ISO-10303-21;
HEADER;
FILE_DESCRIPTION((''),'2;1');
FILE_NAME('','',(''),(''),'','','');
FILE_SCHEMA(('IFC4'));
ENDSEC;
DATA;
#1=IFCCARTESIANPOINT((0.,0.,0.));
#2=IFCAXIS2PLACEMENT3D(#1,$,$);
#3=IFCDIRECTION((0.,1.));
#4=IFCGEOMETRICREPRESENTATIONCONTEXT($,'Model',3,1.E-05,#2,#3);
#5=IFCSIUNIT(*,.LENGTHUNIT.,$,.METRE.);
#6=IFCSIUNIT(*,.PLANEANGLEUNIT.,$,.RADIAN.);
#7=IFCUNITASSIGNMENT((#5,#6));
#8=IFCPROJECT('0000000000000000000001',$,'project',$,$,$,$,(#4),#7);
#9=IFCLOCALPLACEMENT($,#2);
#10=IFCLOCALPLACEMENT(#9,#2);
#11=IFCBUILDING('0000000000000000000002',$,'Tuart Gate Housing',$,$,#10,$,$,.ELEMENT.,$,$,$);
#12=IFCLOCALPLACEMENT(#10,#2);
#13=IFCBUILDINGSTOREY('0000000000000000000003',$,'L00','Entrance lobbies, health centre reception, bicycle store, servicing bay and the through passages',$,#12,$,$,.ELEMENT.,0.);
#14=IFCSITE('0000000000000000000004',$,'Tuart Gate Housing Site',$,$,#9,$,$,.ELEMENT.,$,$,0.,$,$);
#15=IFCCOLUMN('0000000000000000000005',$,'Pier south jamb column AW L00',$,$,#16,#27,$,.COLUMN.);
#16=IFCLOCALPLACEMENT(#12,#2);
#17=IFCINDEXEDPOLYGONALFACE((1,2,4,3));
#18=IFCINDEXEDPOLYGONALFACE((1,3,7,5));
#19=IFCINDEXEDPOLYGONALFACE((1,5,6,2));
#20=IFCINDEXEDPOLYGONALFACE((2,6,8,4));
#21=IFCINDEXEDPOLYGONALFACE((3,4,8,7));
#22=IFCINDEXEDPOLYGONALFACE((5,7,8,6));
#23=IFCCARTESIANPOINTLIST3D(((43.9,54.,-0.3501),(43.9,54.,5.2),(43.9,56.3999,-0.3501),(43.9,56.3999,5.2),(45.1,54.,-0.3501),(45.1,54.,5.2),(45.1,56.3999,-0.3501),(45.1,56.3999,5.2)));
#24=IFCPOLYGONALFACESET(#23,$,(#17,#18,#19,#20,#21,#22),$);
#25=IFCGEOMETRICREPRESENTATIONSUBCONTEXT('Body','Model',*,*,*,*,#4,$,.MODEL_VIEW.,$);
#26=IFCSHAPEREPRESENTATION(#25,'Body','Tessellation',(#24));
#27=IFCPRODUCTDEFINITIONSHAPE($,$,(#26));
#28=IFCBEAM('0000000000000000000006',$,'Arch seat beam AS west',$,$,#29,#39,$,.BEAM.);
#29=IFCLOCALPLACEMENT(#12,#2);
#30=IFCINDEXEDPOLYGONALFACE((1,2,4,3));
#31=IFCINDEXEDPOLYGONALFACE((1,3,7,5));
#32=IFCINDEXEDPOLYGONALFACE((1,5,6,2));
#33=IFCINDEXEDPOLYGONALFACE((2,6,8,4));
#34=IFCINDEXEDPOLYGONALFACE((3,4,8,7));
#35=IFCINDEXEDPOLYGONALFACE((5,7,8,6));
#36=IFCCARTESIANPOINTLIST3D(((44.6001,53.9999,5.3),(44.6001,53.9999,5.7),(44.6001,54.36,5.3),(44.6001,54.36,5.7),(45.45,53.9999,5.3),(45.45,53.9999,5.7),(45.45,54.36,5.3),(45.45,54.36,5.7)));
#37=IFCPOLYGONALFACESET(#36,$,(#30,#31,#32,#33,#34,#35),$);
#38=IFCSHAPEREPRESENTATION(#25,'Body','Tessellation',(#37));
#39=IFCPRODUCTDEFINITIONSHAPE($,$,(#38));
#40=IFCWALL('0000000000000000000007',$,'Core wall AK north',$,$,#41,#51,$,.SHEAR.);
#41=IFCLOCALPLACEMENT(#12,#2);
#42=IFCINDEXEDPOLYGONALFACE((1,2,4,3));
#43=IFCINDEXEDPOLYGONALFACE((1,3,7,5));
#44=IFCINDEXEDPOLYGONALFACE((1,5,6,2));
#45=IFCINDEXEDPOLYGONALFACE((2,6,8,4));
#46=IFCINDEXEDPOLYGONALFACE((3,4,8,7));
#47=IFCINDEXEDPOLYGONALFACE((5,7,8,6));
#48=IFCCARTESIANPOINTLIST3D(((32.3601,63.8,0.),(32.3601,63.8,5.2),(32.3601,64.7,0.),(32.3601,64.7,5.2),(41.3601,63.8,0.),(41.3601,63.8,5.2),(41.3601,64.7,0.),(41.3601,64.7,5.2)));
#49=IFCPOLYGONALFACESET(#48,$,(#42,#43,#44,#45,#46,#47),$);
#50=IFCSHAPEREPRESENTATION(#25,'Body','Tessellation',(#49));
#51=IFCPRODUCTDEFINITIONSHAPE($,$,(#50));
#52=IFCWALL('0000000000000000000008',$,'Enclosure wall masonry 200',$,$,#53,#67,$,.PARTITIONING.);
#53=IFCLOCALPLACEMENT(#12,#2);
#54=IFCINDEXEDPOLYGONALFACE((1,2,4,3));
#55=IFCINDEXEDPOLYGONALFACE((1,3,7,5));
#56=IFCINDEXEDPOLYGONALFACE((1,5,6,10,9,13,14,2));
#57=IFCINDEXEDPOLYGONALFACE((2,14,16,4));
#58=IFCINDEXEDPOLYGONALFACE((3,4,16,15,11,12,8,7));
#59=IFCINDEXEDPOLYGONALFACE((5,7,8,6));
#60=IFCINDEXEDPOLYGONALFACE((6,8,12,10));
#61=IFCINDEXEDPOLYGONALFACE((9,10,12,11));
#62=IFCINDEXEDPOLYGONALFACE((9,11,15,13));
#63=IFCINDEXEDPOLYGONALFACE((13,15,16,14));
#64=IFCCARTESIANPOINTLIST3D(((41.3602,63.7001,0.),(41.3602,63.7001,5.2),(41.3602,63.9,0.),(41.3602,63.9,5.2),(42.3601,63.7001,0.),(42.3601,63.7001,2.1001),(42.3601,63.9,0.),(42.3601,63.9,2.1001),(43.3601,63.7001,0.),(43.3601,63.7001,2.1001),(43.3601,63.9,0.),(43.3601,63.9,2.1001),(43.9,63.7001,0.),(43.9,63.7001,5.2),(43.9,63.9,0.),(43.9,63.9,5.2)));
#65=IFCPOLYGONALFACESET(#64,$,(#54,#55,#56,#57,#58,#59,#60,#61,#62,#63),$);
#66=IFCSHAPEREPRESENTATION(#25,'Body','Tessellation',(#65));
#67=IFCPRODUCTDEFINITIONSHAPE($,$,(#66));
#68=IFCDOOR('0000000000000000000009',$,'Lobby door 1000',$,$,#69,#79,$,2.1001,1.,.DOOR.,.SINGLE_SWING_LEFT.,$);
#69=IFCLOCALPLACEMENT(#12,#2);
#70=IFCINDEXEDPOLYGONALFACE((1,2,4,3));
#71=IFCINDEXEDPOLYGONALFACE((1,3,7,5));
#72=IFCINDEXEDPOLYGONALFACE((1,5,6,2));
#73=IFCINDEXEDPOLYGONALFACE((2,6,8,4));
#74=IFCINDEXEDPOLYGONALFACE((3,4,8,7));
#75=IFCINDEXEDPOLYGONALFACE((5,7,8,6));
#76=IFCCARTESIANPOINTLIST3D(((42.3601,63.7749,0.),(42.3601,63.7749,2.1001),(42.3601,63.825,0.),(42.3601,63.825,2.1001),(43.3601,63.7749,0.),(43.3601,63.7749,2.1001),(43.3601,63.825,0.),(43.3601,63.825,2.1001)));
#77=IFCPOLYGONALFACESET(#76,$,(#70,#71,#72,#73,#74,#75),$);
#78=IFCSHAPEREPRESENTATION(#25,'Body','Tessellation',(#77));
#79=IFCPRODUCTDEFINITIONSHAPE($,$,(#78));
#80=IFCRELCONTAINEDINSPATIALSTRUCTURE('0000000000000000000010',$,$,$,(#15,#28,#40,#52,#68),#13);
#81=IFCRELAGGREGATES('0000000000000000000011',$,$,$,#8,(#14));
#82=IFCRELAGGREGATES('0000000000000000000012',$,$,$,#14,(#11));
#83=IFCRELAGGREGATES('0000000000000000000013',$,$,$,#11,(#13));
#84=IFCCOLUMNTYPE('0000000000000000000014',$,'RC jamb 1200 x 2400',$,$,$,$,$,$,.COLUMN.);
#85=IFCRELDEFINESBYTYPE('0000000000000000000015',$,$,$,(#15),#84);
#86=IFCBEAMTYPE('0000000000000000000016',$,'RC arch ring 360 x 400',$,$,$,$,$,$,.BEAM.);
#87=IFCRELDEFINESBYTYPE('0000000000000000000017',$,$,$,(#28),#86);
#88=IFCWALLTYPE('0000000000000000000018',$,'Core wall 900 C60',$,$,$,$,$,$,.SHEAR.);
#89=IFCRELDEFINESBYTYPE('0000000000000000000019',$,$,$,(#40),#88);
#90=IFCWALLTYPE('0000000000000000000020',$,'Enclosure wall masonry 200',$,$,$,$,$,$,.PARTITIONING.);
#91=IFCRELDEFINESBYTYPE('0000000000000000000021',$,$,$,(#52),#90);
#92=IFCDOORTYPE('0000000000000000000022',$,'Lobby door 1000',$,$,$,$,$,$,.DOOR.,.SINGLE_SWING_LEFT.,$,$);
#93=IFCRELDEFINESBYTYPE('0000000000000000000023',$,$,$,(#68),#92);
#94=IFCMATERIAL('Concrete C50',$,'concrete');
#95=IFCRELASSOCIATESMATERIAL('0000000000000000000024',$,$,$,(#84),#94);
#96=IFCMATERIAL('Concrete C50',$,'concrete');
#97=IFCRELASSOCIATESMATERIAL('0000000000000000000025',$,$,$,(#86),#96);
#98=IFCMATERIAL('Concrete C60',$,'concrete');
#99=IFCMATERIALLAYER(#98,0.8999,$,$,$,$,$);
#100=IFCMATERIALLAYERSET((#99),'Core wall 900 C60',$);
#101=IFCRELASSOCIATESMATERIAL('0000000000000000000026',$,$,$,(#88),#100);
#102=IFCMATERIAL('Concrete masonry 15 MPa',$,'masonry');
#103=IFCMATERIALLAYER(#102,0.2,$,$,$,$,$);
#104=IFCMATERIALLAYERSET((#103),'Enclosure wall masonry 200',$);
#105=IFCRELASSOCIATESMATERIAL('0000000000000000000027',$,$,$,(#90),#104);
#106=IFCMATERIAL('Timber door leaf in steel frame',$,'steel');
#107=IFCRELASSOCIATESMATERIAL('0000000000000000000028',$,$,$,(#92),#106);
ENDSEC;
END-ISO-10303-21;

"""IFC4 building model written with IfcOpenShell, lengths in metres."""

from ifc_helpers import new_model, si_unit, direction, frame, frame_2d, origin, origin_2d, place, context, subcontext, project, spatial, rectangle, extrude, material, layer, layer_set, material_profile, profile_set, type_object, element, fill, save


model = new_model("IFC4")

# Units and contexts
model_context = context("Model", 3, precision=1e-05, world=origin(), true_north=direction((0.0, 1.0)))
body_context = subcontext(model_context, "Body", "Model", "MODEL_VIEW")
ifc_project = project(units=[si_unit("LENGTHUNIT", "METRE"), si_unit("PLANEANGLEUNIT", "RADIAN")], contexts=[model_context])

# Site, building, storey
site_placement = place(None, origin())
site = spatial("IfcSite", under=ifc_project, at=site_placement, Name="Tuart Gate Housing Site", CompositionType="ELEMENT", RefElevation=0.0)
building_placement = place(site_placement, origin())
building = spatial("IfcBuilding", under=site, at=building_placement, Name="Tuart Gate Housing", CompositionType="ELEMENT")
storey_placement = place(building_placement, origin())
storey = spatial("IfcBuildingStorey", under=building, at=storey_placement, Name="L00", Description="Entrance lobbies, health centre reception, bicycle store, servicing bay and the through passages", CompositionType="ELEMENT", Elevation=0.0)

# Column
ifc_material_1 = material(Name="Concrete C50", Category="concrete")
ifc_material_profile_1 = material_profile(ifc_material_1, rectangle(XDim=1.2, YDim=2.3999, at=origin_2d()), Name="RC jamb 1200 x 2400")
ifc_profile_set_1 = profile_set([ifc_material_profile_1], Name="Concrete C50")
column_type_1 = type_object("IfcColumnType", Name="RC jamb 1200 x 2400", PredefinedType="COLUMN", material=ifc_profile_set_1)
column_1_placement = place(storey_placement, frame((44.5, 55.2, -0.3501), z_axis=(0.0, 0.0, 1.0), x_axis=(1.0, 0.0, 0.0)))
element("IfcColumn", 1, at=column_1_placement, inside=storey, type_object=column_type_1, Name="Pier south jamb column AW L00", PredefinedType="COLUMN", context=body_context, shape_type="SweptSolid", body=[
    extrude(rectangle(XDim=1.2, YDim=2.3999, at=origin_2d()), origin(), (0.0, 0.0, 1.0), 5.55),
])

# Beam
ifc_material_2 = material(Name="Concrete C50", Category="concrete")
ifc_material_profile_2 = material_profile(ifc_material_2, rectangle(XDim=0.3601, YDim=0.3999, at=origin_2d()), Name="RC arch ring 360 x 400")
ifc_profile_set_2 = profile_set([ifc_material_profile_2], Name="Concrete C50")
beam_type = type_object("IfcBeamType", Name="RC arch ring 360 x 400", PredefinedType="BEAM", material=ifc_profile_set_2)
beam_placement = place(storey_placement, frame((44.6001, 54.1799, 5.5), z_axis=(1.0, 0.0, 0.0), x_axis=(0.0, 1.0, 0.0)))
element("IfcBeam", 2, at=beam_placement, inside=storey, type_object=beam_type, Name="Arch seat beam AS west", PredefinedType="BEAM", context=body_context, shape_type="SweptSolid", body=[
    extrude(rectangle(XDim=0.3601, YDim=0.3999, at=origin_2d()), origin(), (0.0, 0.0, 1.0), 0.8499),
])

# Wall
ifc_material_3 = material(Name="Concrete C60", Category="concrete")
ifc_layer_1 = layer(ifc_material_3, 0.8999)
ifc_layer_set_1 = layer_set([ifc_layer_1], Name="Core wall 900 C60")
wall_type_1 = type_object("IfcWallType", Name="Core wall 900 C60", PredefinedType="SHEAR", material=ifc_layer_set_1)
wall_1_placement = place(storey_placement, frame((41.3601, 64.25, 0.0), z_axis=(0.0, 0.0, 1.0), x_axis=(-1.0, 0.0, 0.0)))
element("IfcWall", 3, at=wall_1_placement, inside=storey, type_object=wall_type_1, Name="Core wall AK north", PredefinedType="SHEAR", context=body_context, shape_type="SweptSolid", body=[
    extrude(rectangle(XDim=9.0, YDim=0.8999, at=frame_2d((4.5, 0.0))), origin(), (0.0, 0.0, 1.0), 5.2),
])

# Wall, opening, door
ifc_material_4 = material(Name="Concrete masonry 15 MPa", Category="masonry")
ifc_layer_2 = layer(ifc_material_4, 0.2)
ifc_layer_set_2 = layer_set([ifc_layer_2], Name="Enclosure wall masonry 200")
wall_type_2 = type_object("IfcWallType", Name="Enclosure wall masonry 200", PredefinedType="PARTITIONING", material=ifc_layer_set_2)
wall_2_placement = place(storey_placement, frame((41.3601, 63.8, 0.0), z_axis=(0.0, 0.0, 1.0), x_axis=(1.0, 0.0, 0.0)))
wall_2 = element("IfcWall", 4, at=wall_2_placement, inside=storey, type_object=wall_type_2, Name="Enclosure wall masonry 200", PredefinedType="PARTITIONING", context=body_context, shape_type="SweptSolid", body=[
    extrude(rectangle(XDim=2.5398, YDim=0.2, at=frame_2d((1.27, 0.0))), origin(), (0.0, 0.0, 1.0), 5.2),
])
opening_1_placement = place(wall_2_placement, frame((1.0, 0.0, 0.0)))
opening_1 = element("IfcOpeningElement", 5, at=opening_1_placement, cuts=wall_2, PredefinedType="OPENING", context=body_context, shape_type="SweptSolid", body=[
    extrude(rectangle(XDim=1.0, YDim=2.1001, at=frame_2d((0.5, 1.05))), frame((0.0, 0.1099, 0.0), z_axis=(0.0, -1.0, 0.0), x_axis=(1.0, 0.0, 0.0)), (0.0, 0.0, 1.0), 0.22),
])
ifc_material_5 = material(Name="Timber door leaf in steel frame", Category="steel")
door_type_1 = type_object("IfcDoorType", Name="Lobby door 1000", OperationType="SINGLE_SWING_LEFT", PredefinedType="DOOR", material=ifc_material_5)
door_1_placement = place(opening_1_placement, frame((1.0, 0.0, 0.0), z_axis=(0.0, 0.0, 1.0), x_axis=(-1.0, 0.0, 0.0)))
door_1 = element("IfcDoor", 6, at=door_1_placement, inside=storey, type_object=door_type_1, Name="Lobby door 1000", OperationType="SINGLE_SWING_LEFT", OverallHeight=2.1001, OverallWidth=1.0, PredefinedType="DOOR", context=body_context, shape_type="SweptSolid", body=[
    extrude(rectangle(XDim=1.0, YDim=2.1001, at=frame_2d((0.5, 1.05))), frame((0.0, 0.0251, 0.0), z_axis=(0.0, -1.0, 0.0), x_axis=(1.0, 0.0, 0.0)), (0.0, 0.0, 1.0), 0.05),
])
fill(opening_1, door_1)

save(model, "model.ifc")
